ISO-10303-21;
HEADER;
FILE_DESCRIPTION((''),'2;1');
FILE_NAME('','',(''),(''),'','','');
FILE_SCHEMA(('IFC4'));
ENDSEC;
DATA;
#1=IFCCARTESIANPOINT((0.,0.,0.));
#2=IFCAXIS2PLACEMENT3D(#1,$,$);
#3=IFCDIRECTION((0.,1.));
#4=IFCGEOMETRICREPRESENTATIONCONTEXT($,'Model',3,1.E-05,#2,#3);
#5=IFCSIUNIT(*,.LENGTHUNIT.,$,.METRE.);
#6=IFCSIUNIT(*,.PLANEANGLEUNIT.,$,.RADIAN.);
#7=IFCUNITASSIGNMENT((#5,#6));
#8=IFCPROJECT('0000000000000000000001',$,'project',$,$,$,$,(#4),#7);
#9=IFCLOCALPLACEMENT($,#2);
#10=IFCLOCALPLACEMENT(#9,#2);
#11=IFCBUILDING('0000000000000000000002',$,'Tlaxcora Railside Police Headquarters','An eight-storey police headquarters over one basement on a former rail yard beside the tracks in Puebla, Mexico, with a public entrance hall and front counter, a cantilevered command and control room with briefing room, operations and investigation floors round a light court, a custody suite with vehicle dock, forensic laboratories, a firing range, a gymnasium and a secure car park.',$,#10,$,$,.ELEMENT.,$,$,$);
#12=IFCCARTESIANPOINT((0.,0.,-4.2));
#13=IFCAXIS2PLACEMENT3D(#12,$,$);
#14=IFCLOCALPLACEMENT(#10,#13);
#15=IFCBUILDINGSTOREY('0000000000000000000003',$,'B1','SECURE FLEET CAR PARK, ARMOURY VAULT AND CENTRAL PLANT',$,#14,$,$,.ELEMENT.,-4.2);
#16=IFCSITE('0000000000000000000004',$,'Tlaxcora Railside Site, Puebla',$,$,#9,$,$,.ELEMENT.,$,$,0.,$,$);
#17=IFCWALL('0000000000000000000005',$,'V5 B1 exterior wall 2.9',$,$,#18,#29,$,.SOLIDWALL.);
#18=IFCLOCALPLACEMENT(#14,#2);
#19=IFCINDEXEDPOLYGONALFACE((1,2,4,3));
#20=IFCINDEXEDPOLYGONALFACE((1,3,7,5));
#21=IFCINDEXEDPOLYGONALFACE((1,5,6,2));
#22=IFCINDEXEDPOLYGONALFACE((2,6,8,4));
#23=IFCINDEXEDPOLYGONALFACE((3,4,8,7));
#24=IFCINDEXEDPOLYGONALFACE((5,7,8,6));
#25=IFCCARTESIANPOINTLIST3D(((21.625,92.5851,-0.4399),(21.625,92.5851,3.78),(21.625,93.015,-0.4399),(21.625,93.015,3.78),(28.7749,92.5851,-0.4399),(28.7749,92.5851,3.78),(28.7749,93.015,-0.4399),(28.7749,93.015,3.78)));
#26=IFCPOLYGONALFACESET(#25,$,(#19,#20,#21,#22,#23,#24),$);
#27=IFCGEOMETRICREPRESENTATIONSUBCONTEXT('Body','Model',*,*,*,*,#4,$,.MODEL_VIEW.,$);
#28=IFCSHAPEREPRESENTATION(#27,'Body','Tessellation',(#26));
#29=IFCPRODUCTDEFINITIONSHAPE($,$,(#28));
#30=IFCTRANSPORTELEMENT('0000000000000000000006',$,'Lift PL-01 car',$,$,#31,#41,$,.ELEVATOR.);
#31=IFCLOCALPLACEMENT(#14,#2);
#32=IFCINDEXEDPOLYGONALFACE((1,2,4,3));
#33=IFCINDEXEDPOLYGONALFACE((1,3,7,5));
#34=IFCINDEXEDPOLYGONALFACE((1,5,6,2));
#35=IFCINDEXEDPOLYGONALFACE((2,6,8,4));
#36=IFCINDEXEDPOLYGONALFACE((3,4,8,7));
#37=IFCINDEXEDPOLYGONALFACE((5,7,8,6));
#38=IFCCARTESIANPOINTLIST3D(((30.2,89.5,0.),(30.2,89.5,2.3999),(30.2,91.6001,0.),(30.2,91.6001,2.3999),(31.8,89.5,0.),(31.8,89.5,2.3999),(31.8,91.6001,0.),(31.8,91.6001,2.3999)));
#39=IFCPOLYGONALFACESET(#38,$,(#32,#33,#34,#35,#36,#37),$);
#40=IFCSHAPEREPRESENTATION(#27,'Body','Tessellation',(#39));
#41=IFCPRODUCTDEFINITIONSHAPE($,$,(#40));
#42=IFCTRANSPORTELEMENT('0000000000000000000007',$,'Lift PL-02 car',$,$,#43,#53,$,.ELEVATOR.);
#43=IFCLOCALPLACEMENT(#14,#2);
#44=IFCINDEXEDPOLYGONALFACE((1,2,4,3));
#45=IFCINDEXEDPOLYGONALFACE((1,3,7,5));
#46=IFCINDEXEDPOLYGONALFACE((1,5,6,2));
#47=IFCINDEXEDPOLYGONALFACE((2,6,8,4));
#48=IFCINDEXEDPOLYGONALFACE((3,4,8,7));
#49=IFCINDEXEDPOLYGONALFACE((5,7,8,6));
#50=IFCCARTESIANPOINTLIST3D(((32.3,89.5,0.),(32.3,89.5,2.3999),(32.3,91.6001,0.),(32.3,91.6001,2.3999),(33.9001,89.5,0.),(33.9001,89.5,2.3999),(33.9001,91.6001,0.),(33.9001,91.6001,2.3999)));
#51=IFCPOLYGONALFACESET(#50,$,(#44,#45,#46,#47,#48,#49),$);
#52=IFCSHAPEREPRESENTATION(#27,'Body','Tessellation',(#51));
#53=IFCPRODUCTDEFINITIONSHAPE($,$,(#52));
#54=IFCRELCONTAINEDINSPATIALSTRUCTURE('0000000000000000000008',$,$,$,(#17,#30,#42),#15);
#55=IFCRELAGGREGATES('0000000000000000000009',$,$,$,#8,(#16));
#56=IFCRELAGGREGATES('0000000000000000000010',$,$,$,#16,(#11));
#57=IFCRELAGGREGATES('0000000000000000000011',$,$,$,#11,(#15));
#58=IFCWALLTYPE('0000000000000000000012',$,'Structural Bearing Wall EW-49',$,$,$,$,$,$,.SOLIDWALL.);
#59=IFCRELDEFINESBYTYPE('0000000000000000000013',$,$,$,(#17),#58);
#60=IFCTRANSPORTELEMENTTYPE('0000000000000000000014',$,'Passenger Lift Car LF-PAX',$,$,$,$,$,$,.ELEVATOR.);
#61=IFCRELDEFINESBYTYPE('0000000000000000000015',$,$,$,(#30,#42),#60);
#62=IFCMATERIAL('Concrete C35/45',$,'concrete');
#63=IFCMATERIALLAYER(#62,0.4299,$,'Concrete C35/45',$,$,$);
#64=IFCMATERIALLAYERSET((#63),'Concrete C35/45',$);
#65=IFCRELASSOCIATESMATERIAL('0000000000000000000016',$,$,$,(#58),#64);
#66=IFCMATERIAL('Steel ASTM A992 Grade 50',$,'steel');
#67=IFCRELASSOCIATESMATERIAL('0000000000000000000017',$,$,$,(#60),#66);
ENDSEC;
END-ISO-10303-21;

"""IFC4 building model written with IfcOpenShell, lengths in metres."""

from ifc_helpers import new_model, si_unit, direction, frame, frame_2d, origin, origin_2d, place, context, subcontext, project, spatial, rectangle, extrude, material, layer, layer_set, type_object, element, save


model = new_model("IFC4")

# Units and contexts
model_context = context("Model", 3, precision=1e-05, world=origin(), true_north=direction((0.0, 1.0)))
body_context = subcontext(model_context, "Body", "Model", "MODEL_VIEW")
ifc_project = project(units=[si_unit("LENGTHUNIT", "METRE"), si_unit("PLANEANGLEUNIT", "RADIAN")], contexts=[model_context])

# Site, building, storey
site_placement = place(None, origin())
site = spatial("IfcSite", under=ifc_project, at=site_placement, Name="Tlaxcora Railside Site, Puebla", CompositionType="ELEMENT", RefElevation=0.0)
building_placement = place(site_placement, origin())
building = spatial("IfcBuilding", under=site, at=building_placement, Name="Tlaxcora Railside Police Headquarters", Description="An eight-storey police headquarters over one basement on a former rail yard beside the tracks in Puebla, Mexico, with a public entrance hall and front counter, a cantilevered command and control room with briefing room, operations and investigation floors round a light court, a custody suite with vehicle dock, forensic laboratories, a firing range, a gymnasium and a secure car park.", CompositionType="ELEMENT")
storey_placement = place(building_placement, frame((0.0, 0.0, -4.2)))
storey = spatial("IfcBuildingStorey", under=building, at=storey_placement, Name="B1", Description="SECURE FLEET CAR PARK, ARMOURY VAULT AND CENTRAL PLANT", CompositionType="ELEMENT", Elevation=-4.2)

# Shared definitions
ifc_material_1 = material(Name="Concrete C35/45", Category="concrete")

# Shared definitions
ifc_material_2 = material(Name="Steel ASTM A992 Grade 50", Category="steel")

# Wall
ifc_layer_1 = layer(ifc_material_1, 0.4299, Name="Concrete C35/45")
ifc_layer_set_1 = layer_set([ifc_layer_1], Name="Concrete C35/45")
wall_type_1 = type_object("IfcWallType", Name="Structural Bearing Wall EW-49", PredefinedType="SOLIDWALL", material=ifc_layer_set_1)
wall_1_placement = place(storey_placement, frame((28.7749, 92.8, -0.4399), z_axis=(0.0, 0.0, 1.0), x_axis=(-1.0, 0.0, 0.0)))
element("IfcWall", 1, at=wall_1_placement, inside=storey, type_object=wall_type_1, Name="V5 B1 exterior wall 2.9", PredefinedType="SOLIDWALL", context=body_context, shape_type="SweptSolid", body=[
    extrude(rectangle(XDim=7.1499, YDim=0.4299, at=frame_2d((3.575, 0.0))), origin(), (0.0, 0.0, 1.0), 4.22),
])

# Transport elements
transport_element_type = type_object("IfcTransportElementType", Name="Passenger Lift Car LF-PAX", PredefinedType="ELEVATOR", material=ifc_material_2)
for number, where, z_axis, x_axis, name in (
    (2, (31.0, 90.55, 0.0), (0.0, 0.0, 1.0), (1.0, 0.0, 0.0), "Lift PL-01 car"),
    (3, (33.1001, 90.55, 0.0), (0.0, 0.0, 1.0), (1.0, 0.0, 0.0), "Lift PL-02 car"),
):
    element("IfcTransportElement", number, at=place(storey_placement, frame(where, z_axis=z_axis, x_axis=x_axis)), inside=storey, type_object=transport_element_type, Name=name, PredefinedType="ELEVATOR", context=body_context, shape_type="SweptSolid", body=[
        extrude(rectangle(XDim=1.6001, YDim=2.1001, at=origin_2d()), origin(), (0.0, 0.0, 1.0), 2.3999),
    ])

save(model, "model.ifc")
